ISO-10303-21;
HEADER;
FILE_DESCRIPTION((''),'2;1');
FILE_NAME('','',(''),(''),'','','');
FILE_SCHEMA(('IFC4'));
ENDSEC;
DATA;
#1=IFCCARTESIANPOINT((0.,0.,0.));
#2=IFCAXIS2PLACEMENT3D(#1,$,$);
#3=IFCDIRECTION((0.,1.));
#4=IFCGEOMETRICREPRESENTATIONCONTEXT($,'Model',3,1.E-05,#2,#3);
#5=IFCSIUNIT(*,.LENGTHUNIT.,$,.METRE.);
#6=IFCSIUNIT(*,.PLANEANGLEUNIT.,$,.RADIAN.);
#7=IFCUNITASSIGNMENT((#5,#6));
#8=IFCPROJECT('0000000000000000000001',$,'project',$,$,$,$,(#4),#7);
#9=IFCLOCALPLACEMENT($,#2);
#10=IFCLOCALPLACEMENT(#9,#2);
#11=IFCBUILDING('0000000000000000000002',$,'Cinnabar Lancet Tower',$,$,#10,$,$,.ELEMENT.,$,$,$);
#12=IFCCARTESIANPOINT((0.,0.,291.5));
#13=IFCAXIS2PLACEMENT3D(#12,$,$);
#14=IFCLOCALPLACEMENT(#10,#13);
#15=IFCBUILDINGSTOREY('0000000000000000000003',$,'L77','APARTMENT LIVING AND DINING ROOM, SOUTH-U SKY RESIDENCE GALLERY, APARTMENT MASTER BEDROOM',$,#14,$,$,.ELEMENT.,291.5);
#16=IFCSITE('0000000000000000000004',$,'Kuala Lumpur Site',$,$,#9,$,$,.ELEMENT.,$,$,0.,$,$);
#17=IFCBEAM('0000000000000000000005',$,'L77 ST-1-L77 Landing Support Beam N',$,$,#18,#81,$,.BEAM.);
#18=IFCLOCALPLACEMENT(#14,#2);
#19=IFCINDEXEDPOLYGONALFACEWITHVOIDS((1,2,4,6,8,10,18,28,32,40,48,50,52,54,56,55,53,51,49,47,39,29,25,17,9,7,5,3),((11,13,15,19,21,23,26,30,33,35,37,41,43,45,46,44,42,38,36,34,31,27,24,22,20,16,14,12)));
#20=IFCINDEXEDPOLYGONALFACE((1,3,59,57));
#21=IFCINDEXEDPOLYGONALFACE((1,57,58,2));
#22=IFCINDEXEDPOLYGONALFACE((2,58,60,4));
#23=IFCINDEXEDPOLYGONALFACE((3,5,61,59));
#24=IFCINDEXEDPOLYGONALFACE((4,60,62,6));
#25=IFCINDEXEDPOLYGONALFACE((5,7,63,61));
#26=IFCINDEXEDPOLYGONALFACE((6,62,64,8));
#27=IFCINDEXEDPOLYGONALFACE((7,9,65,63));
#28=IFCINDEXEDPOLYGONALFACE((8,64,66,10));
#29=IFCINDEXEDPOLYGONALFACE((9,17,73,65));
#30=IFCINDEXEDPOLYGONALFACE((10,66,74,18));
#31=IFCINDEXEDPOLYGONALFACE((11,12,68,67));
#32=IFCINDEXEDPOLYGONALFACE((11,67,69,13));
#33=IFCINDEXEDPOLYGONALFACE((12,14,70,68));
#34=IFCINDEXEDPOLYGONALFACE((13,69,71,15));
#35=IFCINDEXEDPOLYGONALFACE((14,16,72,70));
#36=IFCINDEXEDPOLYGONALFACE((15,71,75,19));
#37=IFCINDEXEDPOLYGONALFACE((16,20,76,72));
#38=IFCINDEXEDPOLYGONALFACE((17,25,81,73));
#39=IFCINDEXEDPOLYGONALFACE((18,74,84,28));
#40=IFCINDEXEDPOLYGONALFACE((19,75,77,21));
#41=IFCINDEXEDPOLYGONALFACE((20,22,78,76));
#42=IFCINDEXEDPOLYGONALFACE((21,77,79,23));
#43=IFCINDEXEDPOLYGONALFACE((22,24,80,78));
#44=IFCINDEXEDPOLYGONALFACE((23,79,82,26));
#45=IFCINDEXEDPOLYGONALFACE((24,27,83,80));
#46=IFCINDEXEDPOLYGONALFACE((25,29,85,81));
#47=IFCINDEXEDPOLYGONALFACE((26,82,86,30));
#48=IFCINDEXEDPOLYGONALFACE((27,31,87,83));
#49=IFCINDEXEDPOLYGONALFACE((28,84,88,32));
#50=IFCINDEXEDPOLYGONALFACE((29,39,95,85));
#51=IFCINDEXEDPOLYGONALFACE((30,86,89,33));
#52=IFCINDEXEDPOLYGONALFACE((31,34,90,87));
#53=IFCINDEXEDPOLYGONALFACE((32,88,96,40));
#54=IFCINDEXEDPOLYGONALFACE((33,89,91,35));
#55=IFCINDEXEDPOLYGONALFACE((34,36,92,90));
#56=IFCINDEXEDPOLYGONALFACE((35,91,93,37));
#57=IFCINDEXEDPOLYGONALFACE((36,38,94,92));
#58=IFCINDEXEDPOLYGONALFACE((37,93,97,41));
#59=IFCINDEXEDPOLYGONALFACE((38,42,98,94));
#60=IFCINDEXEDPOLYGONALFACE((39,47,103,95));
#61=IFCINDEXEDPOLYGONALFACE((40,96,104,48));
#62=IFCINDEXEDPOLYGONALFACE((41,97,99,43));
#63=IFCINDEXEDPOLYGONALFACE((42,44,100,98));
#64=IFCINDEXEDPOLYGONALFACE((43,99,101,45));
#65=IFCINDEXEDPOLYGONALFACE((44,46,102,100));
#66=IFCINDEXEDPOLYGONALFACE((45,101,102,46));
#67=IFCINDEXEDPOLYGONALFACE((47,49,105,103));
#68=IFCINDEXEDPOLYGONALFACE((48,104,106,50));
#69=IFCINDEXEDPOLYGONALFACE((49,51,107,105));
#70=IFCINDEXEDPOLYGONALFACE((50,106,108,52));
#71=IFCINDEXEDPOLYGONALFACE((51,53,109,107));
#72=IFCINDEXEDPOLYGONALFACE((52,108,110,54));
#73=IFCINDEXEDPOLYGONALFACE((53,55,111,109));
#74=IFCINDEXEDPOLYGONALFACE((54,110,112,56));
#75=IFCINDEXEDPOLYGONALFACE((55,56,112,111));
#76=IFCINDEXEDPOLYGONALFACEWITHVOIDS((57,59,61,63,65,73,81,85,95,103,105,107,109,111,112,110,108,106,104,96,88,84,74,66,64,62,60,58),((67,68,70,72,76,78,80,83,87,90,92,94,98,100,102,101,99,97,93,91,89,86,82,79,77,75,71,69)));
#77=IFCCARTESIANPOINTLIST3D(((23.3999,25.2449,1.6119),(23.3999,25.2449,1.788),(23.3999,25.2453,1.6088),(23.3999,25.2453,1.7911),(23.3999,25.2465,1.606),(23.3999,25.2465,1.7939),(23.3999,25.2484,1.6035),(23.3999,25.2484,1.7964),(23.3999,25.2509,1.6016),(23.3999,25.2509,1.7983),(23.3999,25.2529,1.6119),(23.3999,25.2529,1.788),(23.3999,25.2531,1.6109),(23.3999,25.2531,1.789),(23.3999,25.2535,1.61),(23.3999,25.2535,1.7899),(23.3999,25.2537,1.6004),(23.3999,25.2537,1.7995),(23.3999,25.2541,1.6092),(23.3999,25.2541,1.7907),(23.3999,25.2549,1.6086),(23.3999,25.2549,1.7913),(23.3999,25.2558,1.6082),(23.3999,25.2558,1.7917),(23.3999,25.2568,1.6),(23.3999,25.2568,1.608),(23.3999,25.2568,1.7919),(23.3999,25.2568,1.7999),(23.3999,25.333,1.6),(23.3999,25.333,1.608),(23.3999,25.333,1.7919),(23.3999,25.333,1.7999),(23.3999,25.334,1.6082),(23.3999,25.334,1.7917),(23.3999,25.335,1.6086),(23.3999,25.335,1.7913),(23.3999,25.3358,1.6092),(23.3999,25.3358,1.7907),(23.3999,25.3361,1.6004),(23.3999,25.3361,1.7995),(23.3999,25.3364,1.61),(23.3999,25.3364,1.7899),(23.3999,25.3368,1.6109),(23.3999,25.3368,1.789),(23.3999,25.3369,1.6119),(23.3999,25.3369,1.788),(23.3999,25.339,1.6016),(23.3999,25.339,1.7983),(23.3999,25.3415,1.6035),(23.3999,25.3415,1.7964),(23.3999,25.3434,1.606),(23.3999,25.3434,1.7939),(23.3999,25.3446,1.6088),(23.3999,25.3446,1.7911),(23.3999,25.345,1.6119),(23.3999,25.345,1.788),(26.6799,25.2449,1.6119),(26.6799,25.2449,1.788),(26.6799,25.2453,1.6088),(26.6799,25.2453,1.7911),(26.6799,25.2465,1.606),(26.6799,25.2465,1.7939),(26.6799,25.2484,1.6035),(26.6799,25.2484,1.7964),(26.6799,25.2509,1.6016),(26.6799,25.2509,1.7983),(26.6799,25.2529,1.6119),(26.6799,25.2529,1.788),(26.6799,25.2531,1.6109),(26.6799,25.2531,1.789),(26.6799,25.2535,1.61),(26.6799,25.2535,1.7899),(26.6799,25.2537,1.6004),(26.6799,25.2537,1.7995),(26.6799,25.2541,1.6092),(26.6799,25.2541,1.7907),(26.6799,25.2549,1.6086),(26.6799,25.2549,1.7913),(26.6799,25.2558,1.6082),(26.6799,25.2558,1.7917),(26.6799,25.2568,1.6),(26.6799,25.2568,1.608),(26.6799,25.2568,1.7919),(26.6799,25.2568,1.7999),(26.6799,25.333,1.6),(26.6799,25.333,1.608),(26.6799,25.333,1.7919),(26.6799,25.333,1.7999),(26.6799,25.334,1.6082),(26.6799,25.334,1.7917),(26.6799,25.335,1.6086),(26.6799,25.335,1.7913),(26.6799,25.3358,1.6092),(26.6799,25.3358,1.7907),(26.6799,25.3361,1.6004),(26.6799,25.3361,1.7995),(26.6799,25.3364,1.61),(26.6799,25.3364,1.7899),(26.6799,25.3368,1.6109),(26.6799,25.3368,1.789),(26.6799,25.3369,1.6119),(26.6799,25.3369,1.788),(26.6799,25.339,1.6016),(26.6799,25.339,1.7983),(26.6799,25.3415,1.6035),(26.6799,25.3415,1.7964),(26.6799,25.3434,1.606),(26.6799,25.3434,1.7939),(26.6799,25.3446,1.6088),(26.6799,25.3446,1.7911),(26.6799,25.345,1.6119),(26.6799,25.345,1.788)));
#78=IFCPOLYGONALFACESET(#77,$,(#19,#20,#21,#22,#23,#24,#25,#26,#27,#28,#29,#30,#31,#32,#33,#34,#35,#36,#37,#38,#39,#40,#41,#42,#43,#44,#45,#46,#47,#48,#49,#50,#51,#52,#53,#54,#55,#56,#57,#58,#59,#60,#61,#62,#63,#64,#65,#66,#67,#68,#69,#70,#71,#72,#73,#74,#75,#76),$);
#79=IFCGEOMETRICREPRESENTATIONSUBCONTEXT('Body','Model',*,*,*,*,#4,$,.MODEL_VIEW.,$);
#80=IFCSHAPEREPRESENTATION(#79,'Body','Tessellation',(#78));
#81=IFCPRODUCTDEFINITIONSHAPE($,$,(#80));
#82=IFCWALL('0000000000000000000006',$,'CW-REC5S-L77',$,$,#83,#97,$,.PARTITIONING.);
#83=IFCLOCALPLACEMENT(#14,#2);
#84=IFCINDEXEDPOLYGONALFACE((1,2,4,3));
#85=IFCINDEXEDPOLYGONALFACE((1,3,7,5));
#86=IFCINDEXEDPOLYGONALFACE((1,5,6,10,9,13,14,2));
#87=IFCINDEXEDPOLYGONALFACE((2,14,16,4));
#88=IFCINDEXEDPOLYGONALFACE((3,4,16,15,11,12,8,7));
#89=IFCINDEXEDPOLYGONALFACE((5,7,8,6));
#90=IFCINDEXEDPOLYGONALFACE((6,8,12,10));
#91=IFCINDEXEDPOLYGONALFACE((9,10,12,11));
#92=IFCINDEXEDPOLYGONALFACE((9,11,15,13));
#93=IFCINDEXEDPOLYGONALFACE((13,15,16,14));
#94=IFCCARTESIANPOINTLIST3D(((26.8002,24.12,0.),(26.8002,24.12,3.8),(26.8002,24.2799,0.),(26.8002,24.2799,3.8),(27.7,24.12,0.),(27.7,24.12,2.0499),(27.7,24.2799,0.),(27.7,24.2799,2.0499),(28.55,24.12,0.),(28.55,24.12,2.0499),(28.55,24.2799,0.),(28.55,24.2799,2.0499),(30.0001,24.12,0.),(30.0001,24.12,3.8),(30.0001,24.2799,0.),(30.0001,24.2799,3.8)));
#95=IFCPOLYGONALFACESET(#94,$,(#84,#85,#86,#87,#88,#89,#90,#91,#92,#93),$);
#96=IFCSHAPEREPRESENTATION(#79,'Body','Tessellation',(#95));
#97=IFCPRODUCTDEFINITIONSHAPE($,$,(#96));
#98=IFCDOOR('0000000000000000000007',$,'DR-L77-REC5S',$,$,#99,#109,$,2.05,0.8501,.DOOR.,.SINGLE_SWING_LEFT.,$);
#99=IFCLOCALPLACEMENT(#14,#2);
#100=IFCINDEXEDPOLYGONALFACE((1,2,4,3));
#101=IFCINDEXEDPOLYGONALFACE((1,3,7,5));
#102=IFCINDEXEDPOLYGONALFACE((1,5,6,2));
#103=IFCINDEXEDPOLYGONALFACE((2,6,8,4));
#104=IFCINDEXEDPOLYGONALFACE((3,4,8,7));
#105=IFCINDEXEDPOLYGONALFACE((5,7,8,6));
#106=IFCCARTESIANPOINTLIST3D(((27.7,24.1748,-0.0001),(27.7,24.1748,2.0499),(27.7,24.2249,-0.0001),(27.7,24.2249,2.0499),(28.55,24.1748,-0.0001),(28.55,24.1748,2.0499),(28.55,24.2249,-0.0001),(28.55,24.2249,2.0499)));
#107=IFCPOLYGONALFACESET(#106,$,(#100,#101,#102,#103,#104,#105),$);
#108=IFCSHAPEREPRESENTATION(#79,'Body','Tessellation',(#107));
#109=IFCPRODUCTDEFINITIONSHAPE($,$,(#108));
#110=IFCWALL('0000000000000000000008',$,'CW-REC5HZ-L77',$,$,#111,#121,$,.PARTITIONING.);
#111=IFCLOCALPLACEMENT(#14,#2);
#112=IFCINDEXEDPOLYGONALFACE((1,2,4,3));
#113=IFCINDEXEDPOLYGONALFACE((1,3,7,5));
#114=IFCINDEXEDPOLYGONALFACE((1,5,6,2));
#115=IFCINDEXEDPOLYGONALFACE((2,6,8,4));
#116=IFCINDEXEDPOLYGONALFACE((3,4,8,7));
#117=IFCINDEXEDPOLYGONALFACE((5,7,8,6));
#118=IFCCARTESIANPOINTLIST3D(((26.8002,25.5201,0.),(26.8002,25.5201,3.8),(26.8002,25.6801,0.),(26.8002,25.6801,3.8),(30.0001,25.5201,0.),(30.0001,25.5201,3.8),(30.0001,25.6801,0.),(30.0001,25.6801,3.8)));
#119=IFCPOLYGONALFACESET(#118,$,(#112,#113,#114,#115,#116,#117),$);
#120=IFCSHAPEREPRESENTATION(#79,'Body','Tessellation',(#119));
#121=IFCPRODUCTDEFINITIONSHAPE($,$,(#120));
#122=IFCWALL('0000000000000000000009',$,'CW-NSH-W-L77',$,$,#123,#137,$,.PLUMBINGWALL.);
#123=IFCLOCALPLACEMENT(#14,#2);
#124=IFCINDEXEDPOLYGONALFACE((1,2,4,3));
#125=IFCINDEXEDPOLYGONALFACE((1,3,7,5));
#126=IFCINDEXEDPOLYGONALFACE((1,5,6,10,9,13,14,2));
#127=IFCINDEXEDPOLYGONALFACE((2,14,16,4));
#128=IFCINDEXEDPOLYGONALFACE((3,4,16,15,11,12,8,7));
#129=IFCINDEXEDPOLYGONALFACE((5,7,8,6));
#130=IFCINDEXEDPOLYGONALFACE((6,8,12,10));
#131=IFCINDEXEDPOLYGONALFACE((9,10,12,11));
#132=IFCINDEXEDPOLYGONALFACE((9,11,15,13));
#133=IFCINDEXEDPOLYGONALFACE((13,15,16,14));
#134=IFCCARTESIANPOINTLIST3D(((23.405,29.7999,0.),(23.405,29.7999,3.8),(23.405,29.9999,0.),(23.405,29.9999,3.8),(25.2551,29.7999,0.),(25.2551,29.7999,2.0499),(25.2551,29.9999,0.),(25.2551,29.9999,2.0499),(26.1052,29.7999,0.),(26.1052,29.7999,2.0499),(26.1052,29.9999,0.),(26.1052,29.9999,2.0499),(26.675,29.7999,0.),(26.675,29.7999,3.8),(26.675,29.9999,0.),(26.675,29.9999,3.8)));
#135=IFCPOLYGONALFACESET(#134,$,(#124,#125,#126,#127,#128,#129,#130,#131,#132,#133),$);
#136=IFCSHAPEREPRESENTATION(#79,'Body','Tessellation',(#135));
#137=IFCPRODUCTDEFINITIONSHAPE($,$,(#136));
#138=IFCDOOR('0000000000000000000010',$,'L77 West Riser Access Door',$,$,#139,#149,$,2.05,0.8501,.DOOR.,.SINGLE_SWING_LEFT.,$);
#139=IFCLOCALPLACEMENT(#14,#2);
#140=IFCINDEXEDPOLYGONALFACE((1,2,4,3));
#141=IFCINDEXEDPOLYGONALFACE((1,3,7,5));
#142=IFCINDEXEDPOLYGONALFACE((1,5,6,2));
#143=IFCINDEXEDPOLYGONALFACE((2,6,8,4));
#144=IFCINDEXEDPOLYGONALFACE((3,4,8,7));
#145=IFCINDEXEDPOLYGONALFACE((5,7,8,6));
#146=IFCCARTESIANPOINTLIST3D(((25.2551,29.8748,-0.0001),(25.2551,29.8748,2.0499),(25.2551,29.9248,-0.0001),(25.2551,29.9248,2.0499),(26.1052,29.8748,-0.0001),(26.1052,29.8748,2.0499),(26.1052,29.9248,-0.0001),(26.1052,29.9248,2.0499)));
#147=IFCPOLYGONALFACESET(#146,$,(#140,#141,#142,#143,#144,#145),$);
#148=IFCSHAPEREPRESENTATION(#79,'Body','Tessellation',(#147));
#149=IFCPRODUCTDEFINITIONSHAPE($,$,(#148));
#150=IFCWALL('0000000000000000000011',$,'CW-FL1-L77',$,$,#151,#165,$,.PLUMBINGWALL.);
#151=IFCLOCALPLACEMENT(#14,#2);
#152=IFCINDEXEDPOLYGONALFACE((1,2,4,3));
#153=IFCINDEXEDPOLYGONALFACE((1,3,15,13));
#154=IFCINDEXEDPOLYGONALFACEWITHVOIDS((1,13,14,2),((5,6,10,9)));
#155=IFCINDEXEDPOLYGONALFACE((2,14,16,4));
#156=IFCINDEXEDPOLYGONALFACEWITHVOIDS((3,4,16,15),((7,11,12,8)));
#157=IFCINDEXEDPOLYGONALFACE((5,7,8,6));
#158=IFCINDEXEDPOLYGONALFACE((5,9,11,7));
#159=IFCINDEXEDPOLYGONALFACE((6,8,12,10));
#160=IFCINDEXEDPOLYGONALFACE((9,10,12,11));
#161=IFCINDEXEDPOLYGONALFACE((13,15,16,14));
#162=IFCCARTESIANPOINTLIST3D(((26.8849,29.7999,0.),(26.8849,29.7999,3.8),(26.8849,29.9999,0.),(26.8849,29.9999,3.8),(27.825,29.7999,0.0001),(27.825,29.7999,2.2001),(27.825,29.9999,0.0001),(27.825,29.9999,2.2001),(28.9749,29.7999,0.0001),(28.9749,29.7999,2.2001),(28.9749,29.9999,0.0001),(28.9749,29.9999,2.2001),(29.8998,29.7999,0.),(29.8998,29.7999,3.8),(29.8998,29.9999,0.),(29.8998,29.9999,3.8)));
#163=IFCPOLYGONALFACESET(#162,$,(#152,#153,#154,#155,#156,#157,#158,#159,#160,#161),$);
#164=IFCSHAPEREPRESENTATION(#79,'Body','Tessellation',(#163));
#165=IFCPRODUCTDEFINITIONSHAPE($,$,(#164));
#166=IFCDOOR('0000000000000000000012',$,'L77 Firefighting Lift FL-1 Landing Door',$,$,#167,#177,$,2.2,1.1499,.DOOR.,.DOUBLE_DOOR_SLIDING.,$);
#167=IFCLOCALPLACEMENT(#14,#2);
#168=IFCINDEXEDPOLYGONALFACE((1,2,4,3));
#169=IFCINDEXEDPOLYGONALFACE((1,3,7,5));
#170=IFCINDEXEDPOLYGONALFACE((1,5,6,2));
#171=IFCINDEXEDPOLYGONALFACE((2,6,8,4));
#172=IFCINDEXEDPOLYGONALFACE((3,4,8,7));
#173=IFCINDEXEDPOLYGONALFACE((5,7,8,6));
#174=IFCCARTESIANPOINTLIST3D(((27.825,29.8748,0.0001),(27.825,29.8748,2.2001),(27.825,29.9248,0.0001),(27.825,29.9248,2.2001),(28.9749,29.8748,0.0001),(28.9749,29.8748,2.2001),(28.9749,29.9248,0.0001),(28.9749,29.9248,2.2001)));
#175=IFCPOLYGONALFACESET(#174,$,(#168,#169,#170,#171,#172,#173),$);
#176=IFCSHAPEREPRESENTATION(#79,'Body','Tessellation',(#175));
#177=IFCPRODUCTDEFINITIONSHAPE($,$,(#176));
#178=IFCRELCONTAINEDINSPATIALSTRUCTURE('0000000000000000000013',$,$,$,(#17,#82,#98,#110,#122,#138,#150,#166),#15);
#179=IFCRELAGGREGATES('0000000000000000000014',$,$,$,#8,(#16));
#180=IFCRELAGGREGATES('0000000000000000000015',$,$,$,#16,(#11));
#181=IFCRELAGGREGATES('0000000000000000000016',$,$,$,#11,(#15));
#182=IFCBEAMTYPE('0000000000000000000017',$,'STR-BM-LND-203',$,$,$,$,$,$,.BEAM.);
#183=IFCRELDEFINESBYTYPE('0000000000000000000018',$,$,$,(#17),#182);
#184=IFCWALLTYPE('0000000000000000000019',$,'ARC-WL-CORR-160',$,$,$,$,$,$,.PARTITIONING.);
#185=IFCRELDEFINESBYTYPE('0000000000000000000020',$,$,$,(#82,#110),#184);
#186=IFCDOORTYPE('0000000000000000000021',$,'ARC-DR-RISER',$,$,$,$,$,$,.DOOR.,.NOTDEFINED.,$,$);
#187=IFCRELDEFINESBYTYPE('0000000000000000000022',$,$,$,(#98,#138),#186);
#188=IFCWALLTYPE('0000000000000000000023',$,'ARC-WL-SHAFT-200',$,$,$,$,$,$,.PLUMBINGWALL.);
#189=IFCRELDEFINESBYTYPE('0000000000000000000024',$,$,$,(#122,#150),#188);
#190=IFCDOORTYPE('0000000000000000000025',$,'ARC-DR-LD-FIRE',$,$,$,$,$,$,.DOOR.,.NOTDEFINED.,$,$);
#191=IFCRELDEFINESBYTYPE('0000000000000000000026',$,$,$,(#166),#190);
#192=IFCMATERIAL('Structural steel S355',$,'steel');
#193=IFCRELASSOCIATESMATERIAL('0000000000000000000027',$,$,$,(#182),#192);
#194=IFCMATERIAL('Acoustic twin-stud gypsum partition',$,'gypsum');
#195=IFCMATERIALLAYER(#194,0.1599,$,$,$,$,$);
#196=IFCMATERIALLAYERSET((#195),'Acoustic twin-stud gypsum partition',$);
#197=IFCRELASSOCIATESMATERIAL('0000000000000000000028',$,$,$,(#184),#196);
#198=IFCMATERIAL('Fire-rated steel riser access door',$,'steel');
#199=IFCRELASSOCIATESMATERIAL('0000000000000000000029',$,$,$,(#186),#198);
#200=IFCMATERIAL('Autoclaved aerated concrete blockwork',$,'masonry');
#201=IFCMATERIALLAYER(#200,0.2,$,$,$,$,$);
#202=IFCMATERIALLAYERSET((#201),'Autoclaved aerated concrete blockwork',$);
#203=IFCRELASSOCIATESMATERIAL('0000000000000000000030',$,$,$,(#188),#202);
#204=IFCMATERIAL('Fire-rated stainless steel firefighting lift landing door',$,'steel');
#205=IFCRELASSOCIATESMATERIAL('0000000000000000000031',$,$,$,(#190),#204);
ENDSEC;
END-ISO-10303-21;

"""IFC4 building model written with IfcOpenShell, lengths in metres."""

from ifc_helpers import new_model, si_unit, direction, frame, frame_2d, origin, origin_2d, place, context, subcontext, project, spatial, rectangle, hollow_rectangle, extrude, material, layer, layer_set, material_profile, profile_set, type_object, element, fill, save


model = new_model("IFC4")

# Units and contexts
model_context = context("Model", 3, precision=1e-05, world=origin(), true_north=direction((0.0, 1.0)))
body_context = subcontext(model_context, "Body", "Model", "MODEL_VIEW")
ifc_project = project(units=[si_unit("LENGTHUNIT", "METRE"), si_unit("PLANEANGLEUNIT", "RADIAN")], contexts=[model_context])

# Site, building, storey
site_placement = place(None, origin())
site = spatial("IfcSite", under=ifc_project, at=site_placement, Name="Kuala Lumpur Site", CompositionType="ELEMENT", RefElevation=0.0)
building_placement = place(site_placement, origin())
building = spatial("IfcBuilding", under=site, at=building_placement, Name="Cinnabar Lancet Tower", CompositionType="ELEMENT")
storey_placement = place(building_placement, frame((0.0, 0.0, 291.5)))
storey = spatial("IfcBuildingStorey", under=building, at=storey_placement, Name="L77", Description="APARTMENT LIVING AND DINING ROOM, SOUTH-U SKY RESIDENCE GALLERY, APARTMENT MASTER BEDROOM", CompositionType="ELEMENT", Elevation=291.5)

# Beam
ifc_material_1 = material(Name="Structural steel S355", Category="steel")
ifc_material_profile_1 = material_profile(ifc_material_1, hollow_rectangle(XDim=0.1001, YDim=0.2, WallThickness=0.0081, InnerFilletRadius=0.0039, OuterFilletRadius=0.012, at=origin_2d()), Name="RHS 200x100x8")
ifc_profile_set_1 = profile_set([ifc_material_profile_1], Name="Structural steel S355")
beam_type_1 = type_object("IfcBeamType", Name="STR-BM-LND-203", PredefinedType="BEAM", material=ifc_profile_set_1)
beam_1_placement = place(storey_placement, frame((23.3999, 25.2949, 1.7), z_axis=(1.0, 0.0, 0.0), x_axis=(0.0, 1.0, 0.0)))
element("IfcBeam", 1, at=beam_1_placement, inside=storey, type_object=beam_type_1, Name="L77 ST-1-L77 Landing Support Beam N", PredefinedType="BEAM", context=body_context, shape_type="SweptSolid", body=[
    extrude(hollow_rectangle(XDim=0.1001, YDim=0.2, WallThickness=0.0081, InnerFilletRadius=0.0039, OuterFilletRadius=0.012, at=origin_2d()), origin(), (0.0, 0.0, 1.0), 3.28),
])

# Wall, opening, door
ifc_material_2 = material(Name="Acoustic twin-stud gypsum partition", Category="gypsum")
ifc_layer_1 = layer(ifc_material_2, 0.1599)
ifc_layer_set_1 = layer_set([ifc_layer_1], Name="Acoustic twin-stud gypsum partition")
wall_type_1 = type_object("IfcWallType", Name="ARC-WL-CORR-160", PredefinedType="PARTITIONING", material=ifc_layer_set_1)
wall_1_placement = place(storey_placement, frame((26.8, 24.2, 0.0), z_axis=(0.0, 0.0, 1.0), x_axis=(1.0, 0.0, 0.0)))
wall_1 = element("IfcWall", 2, at=wall_1_placement, inside=storey, type_object=wall_type_1, Name="CW-REC5S-L77", PredefinedType="PARTITIONING", context=body_context, shape_type="SweptSolid", body=[
    extrude(rectangle(XDim=3.2, YDim=0.1599, at=frame_2d((1.6001, 0.0))), origin(), (0.0, 0.0, 1.0), 3.8),
])
opening_1_placement = place(wall_1_placement, frame((0.8999, 0.0, 0.0)))
opening_1 = element("IfcOpeningElement", 3, at=opening_1_placement, cuts=wall_1, PredefinedType="OPENING", context=body_context, shape_type="SweptSolid", body=[
    extrude(rectangle(XDim=0.8501, YDim=2.05, at=frame_2d((0.425, 1.0249))), frame((0.0, 0.0898, 0.0), z_axis=(0.0, -1.0, 0.0), x_axis=(1.0, 0.0, 0.0)), (0.0, 0.0, 1.0), 0.1799),
])
ifc_material_3 = material(Name="Fire-rated steel riser access door", Category="steel")
door_type_1 = type_object("IfcDoorType", Name="ARC-DR-RISER", OperationType="NOTDEFINED", PredefinedType="DOOR", material=ifc_material_3)
door_1_placement = place(opening_1_placement, origin())
door_1 = element("IfcDoor", 4, at=door_1_placement, inside=storey, type_object=door_type_1, Name="DR-L77-REC5S", OperationType="SINGLE_SWING_LEFT", OverallHeight=2.05, OverallWidth=0.8501, PredefinedType="DOOR", context=body_context, shape_type="SweptSolid", body=[
    extrude(rectangle(XDim=0.8501, YDim=2.05, at=frame_2d((0.425, 1.0249))), frame((0.0, 0.0249, 0.0), z_axis=(0.0, -1.0, 0.0), x_axis=(1.0, 0.0, 0.0)), (0.0, 0.0, 1.0), 0.05),
])
fill(opening_1, door_1)

# Wall
wall_2_placement = place(storey_placement, frame((26.8, 25.6001, 0.0), z_axis=(0.0, 0.0, 1.0), x_axis=(1.0, 0.0, 0.0)))
element("IfcWall", 5, at=wall_2_placement, inside=storey, type_object=wall_type_1, Name="CW-REC5HZ-L77", PredefinedType="PARTITIONING", context=body_context, shape_type="SweptSolid", body=[
    extrude(rectangle(XDim=3.2, YDim=0.1599, at=frame_2d((1.6001, 0.0))), origin(), (0.0, 0.0, 1.0), 3.8),
])

# Walls, openings, doors
ifc_material_4 = material(Name="Autoclaved aerated concrete blockwork", Category="masonry")
ifc_layer_2 = layer(ifc_material_4, 0.2)
ifc_layer_set_2 = layer_set([ifc_layer_2], Name="Autoclaved aerated concrete blockwork")
wall_type_2 = type_object("IfcWallType", Name="ARC-WL-SHAFT-200", PredefinedType="PLUMBINGWALL", material=ifc_layer_set_2)
wall_3_placement = place(storey_placement, frame((23.405, 29.8999, 0.0), z_axis=(0.0, 0.0, 1.0), x_axis=(1.0, 0.0, 0.0)))
wall_3 = element("IfcWall", 6, at=wall_3_placement, inside=storey, type_object=wall_type_2, Name="CW-NSH-W-L77", PredefinedType="PLUMBINGWALL", context=body_context, shape_type="SweptSolid", body=[
    extrude(rectangle(XDim=3.27, YDim=0.2, at=frame_2d((1.635, 0.0))), origin(), (0.0, 0.0, 1.0), 3.8),
])
opening_2_placement = place(wall_3_placement, frame((1.8501, 0.0, 0.0)))
opening_2 = element("IfcOpeningElement", 7, at=opening_2_placement, cuts=wall_3, PredefinedType="OPENING", context=body_context, shape_type="SweptSolid", body=[
    extrude(rectangle(XDim=0.8501, YDim=2.05, at=frame_2d((0.425, 1.0249))), frame((0.0, 0.1099, 0.0), z_axis=(0.0, -1.0, 0.0), x_axis=(1.0, 0.0, 0.0)), (0.0, 0.0, 1.0), 0.22),
])
door_2_placement = place(opening_2_placement, origin())
door_2 = element("IfcDoor", 8, at=door_2_placement, inside=storey, type_object=door_type_1, Name="L77 West Riser Access Door", OperationType="SINGLE_SWING_LEFT", OverallHeight=2.05, OverallWidth=0.8501, PredefinedType="DOOR", context=body_context, shape_type="SweptSolid", body=[
    extrude(rectangle(XDim=0.8501, YDim=2.05, at=frame_2d((0.425, 1.0249))), frame((0.0, 0.0249, 0.0), z_axis=(0.0, -1.0, 0.0), x_axis=(1.0, 0.0, 0.0)), (0.0, 0.0, 1.0), 0.05),
])
fill(opening_2, door_2)
wall_4_placement = place(storey_placement, frame((26.885, 29.8999, 0.0), z_axis=(0.0, 0.0, 1.0), x_axis=(1.0, 0.0, 0.0)))
wall_4 = element("IfcWall", 9, at=wall_4_placement, inside=storey, type_object=wall_type_2, Name="CW-FL1-L77", PredefinedType="PLUMBINGWALL", context=body_context, shape_type="SweptSolid", body=[
    extrude(rectangle(XDim=3.0149, YDim=0.2, at=frame_2d((1.5073, 0.0))), origin(), (0.0, 0.0, 1.0), 3.8),
])
opening_3_placement = place(wall_4_placement, frame((0.9399, 0.0, 0.0)))
opening_3 = element("IfcOpeningElement", 10, at=opening_3_placement, cuts=wall_4, PredefinedType="OPENING", context=body_context, shape_type="SweptSolid", body=[
    extrude(rectangle(XDim=1.1499, YDim=2.2, at=frame_2d((0.575, 1.1001))), frame((0.0, 0.1099, 0.0), z_axis=(0.0, -1.0, 0.0), x_axis=(1.0, 0.0, 0.0)), (0.0, 0.0, 1.0), 0.22),
])
ifc_material_5 = material(Name="Fire-rated stainless steel firefighting lift landing door", Category="steel")
door_type_2 = type_object("IfcDoorType", Name="ARC-DR-LD-FIRE", OperationType="NOTDEFINED", PredefinedType="DOOR", material=ifc_material_5)
door_3_placement = place(opening_3_placement, origin())
door_3 = element("IfcDoor", 11, at=door_3_placement, inside=storey, type_object=door_type_2, Name="L77 Firefighting Lift FL-1 Landing Door", OperationType="DOUBLE_DOOR_SLIDING", OverallHeight=2.2, OverallWidth=1.1499, PredefinedType="DOOR", context=body_context, shape_type="SweptSolid", body=[
    extrude(rectangle(XDim=1.1499, YDim=2.2, at=frame_2d((0.575, 1.1001))), frame((0.0, 0.0249, 0.0), z_axis=(0.0, -1.0, 0.0), x_axis=(1.0, 0.0, 0.0)), (0.0, 0.0, 1.0), 0.05),
])
fill(opening_3, door_3)

save(model, "model.ifc")
